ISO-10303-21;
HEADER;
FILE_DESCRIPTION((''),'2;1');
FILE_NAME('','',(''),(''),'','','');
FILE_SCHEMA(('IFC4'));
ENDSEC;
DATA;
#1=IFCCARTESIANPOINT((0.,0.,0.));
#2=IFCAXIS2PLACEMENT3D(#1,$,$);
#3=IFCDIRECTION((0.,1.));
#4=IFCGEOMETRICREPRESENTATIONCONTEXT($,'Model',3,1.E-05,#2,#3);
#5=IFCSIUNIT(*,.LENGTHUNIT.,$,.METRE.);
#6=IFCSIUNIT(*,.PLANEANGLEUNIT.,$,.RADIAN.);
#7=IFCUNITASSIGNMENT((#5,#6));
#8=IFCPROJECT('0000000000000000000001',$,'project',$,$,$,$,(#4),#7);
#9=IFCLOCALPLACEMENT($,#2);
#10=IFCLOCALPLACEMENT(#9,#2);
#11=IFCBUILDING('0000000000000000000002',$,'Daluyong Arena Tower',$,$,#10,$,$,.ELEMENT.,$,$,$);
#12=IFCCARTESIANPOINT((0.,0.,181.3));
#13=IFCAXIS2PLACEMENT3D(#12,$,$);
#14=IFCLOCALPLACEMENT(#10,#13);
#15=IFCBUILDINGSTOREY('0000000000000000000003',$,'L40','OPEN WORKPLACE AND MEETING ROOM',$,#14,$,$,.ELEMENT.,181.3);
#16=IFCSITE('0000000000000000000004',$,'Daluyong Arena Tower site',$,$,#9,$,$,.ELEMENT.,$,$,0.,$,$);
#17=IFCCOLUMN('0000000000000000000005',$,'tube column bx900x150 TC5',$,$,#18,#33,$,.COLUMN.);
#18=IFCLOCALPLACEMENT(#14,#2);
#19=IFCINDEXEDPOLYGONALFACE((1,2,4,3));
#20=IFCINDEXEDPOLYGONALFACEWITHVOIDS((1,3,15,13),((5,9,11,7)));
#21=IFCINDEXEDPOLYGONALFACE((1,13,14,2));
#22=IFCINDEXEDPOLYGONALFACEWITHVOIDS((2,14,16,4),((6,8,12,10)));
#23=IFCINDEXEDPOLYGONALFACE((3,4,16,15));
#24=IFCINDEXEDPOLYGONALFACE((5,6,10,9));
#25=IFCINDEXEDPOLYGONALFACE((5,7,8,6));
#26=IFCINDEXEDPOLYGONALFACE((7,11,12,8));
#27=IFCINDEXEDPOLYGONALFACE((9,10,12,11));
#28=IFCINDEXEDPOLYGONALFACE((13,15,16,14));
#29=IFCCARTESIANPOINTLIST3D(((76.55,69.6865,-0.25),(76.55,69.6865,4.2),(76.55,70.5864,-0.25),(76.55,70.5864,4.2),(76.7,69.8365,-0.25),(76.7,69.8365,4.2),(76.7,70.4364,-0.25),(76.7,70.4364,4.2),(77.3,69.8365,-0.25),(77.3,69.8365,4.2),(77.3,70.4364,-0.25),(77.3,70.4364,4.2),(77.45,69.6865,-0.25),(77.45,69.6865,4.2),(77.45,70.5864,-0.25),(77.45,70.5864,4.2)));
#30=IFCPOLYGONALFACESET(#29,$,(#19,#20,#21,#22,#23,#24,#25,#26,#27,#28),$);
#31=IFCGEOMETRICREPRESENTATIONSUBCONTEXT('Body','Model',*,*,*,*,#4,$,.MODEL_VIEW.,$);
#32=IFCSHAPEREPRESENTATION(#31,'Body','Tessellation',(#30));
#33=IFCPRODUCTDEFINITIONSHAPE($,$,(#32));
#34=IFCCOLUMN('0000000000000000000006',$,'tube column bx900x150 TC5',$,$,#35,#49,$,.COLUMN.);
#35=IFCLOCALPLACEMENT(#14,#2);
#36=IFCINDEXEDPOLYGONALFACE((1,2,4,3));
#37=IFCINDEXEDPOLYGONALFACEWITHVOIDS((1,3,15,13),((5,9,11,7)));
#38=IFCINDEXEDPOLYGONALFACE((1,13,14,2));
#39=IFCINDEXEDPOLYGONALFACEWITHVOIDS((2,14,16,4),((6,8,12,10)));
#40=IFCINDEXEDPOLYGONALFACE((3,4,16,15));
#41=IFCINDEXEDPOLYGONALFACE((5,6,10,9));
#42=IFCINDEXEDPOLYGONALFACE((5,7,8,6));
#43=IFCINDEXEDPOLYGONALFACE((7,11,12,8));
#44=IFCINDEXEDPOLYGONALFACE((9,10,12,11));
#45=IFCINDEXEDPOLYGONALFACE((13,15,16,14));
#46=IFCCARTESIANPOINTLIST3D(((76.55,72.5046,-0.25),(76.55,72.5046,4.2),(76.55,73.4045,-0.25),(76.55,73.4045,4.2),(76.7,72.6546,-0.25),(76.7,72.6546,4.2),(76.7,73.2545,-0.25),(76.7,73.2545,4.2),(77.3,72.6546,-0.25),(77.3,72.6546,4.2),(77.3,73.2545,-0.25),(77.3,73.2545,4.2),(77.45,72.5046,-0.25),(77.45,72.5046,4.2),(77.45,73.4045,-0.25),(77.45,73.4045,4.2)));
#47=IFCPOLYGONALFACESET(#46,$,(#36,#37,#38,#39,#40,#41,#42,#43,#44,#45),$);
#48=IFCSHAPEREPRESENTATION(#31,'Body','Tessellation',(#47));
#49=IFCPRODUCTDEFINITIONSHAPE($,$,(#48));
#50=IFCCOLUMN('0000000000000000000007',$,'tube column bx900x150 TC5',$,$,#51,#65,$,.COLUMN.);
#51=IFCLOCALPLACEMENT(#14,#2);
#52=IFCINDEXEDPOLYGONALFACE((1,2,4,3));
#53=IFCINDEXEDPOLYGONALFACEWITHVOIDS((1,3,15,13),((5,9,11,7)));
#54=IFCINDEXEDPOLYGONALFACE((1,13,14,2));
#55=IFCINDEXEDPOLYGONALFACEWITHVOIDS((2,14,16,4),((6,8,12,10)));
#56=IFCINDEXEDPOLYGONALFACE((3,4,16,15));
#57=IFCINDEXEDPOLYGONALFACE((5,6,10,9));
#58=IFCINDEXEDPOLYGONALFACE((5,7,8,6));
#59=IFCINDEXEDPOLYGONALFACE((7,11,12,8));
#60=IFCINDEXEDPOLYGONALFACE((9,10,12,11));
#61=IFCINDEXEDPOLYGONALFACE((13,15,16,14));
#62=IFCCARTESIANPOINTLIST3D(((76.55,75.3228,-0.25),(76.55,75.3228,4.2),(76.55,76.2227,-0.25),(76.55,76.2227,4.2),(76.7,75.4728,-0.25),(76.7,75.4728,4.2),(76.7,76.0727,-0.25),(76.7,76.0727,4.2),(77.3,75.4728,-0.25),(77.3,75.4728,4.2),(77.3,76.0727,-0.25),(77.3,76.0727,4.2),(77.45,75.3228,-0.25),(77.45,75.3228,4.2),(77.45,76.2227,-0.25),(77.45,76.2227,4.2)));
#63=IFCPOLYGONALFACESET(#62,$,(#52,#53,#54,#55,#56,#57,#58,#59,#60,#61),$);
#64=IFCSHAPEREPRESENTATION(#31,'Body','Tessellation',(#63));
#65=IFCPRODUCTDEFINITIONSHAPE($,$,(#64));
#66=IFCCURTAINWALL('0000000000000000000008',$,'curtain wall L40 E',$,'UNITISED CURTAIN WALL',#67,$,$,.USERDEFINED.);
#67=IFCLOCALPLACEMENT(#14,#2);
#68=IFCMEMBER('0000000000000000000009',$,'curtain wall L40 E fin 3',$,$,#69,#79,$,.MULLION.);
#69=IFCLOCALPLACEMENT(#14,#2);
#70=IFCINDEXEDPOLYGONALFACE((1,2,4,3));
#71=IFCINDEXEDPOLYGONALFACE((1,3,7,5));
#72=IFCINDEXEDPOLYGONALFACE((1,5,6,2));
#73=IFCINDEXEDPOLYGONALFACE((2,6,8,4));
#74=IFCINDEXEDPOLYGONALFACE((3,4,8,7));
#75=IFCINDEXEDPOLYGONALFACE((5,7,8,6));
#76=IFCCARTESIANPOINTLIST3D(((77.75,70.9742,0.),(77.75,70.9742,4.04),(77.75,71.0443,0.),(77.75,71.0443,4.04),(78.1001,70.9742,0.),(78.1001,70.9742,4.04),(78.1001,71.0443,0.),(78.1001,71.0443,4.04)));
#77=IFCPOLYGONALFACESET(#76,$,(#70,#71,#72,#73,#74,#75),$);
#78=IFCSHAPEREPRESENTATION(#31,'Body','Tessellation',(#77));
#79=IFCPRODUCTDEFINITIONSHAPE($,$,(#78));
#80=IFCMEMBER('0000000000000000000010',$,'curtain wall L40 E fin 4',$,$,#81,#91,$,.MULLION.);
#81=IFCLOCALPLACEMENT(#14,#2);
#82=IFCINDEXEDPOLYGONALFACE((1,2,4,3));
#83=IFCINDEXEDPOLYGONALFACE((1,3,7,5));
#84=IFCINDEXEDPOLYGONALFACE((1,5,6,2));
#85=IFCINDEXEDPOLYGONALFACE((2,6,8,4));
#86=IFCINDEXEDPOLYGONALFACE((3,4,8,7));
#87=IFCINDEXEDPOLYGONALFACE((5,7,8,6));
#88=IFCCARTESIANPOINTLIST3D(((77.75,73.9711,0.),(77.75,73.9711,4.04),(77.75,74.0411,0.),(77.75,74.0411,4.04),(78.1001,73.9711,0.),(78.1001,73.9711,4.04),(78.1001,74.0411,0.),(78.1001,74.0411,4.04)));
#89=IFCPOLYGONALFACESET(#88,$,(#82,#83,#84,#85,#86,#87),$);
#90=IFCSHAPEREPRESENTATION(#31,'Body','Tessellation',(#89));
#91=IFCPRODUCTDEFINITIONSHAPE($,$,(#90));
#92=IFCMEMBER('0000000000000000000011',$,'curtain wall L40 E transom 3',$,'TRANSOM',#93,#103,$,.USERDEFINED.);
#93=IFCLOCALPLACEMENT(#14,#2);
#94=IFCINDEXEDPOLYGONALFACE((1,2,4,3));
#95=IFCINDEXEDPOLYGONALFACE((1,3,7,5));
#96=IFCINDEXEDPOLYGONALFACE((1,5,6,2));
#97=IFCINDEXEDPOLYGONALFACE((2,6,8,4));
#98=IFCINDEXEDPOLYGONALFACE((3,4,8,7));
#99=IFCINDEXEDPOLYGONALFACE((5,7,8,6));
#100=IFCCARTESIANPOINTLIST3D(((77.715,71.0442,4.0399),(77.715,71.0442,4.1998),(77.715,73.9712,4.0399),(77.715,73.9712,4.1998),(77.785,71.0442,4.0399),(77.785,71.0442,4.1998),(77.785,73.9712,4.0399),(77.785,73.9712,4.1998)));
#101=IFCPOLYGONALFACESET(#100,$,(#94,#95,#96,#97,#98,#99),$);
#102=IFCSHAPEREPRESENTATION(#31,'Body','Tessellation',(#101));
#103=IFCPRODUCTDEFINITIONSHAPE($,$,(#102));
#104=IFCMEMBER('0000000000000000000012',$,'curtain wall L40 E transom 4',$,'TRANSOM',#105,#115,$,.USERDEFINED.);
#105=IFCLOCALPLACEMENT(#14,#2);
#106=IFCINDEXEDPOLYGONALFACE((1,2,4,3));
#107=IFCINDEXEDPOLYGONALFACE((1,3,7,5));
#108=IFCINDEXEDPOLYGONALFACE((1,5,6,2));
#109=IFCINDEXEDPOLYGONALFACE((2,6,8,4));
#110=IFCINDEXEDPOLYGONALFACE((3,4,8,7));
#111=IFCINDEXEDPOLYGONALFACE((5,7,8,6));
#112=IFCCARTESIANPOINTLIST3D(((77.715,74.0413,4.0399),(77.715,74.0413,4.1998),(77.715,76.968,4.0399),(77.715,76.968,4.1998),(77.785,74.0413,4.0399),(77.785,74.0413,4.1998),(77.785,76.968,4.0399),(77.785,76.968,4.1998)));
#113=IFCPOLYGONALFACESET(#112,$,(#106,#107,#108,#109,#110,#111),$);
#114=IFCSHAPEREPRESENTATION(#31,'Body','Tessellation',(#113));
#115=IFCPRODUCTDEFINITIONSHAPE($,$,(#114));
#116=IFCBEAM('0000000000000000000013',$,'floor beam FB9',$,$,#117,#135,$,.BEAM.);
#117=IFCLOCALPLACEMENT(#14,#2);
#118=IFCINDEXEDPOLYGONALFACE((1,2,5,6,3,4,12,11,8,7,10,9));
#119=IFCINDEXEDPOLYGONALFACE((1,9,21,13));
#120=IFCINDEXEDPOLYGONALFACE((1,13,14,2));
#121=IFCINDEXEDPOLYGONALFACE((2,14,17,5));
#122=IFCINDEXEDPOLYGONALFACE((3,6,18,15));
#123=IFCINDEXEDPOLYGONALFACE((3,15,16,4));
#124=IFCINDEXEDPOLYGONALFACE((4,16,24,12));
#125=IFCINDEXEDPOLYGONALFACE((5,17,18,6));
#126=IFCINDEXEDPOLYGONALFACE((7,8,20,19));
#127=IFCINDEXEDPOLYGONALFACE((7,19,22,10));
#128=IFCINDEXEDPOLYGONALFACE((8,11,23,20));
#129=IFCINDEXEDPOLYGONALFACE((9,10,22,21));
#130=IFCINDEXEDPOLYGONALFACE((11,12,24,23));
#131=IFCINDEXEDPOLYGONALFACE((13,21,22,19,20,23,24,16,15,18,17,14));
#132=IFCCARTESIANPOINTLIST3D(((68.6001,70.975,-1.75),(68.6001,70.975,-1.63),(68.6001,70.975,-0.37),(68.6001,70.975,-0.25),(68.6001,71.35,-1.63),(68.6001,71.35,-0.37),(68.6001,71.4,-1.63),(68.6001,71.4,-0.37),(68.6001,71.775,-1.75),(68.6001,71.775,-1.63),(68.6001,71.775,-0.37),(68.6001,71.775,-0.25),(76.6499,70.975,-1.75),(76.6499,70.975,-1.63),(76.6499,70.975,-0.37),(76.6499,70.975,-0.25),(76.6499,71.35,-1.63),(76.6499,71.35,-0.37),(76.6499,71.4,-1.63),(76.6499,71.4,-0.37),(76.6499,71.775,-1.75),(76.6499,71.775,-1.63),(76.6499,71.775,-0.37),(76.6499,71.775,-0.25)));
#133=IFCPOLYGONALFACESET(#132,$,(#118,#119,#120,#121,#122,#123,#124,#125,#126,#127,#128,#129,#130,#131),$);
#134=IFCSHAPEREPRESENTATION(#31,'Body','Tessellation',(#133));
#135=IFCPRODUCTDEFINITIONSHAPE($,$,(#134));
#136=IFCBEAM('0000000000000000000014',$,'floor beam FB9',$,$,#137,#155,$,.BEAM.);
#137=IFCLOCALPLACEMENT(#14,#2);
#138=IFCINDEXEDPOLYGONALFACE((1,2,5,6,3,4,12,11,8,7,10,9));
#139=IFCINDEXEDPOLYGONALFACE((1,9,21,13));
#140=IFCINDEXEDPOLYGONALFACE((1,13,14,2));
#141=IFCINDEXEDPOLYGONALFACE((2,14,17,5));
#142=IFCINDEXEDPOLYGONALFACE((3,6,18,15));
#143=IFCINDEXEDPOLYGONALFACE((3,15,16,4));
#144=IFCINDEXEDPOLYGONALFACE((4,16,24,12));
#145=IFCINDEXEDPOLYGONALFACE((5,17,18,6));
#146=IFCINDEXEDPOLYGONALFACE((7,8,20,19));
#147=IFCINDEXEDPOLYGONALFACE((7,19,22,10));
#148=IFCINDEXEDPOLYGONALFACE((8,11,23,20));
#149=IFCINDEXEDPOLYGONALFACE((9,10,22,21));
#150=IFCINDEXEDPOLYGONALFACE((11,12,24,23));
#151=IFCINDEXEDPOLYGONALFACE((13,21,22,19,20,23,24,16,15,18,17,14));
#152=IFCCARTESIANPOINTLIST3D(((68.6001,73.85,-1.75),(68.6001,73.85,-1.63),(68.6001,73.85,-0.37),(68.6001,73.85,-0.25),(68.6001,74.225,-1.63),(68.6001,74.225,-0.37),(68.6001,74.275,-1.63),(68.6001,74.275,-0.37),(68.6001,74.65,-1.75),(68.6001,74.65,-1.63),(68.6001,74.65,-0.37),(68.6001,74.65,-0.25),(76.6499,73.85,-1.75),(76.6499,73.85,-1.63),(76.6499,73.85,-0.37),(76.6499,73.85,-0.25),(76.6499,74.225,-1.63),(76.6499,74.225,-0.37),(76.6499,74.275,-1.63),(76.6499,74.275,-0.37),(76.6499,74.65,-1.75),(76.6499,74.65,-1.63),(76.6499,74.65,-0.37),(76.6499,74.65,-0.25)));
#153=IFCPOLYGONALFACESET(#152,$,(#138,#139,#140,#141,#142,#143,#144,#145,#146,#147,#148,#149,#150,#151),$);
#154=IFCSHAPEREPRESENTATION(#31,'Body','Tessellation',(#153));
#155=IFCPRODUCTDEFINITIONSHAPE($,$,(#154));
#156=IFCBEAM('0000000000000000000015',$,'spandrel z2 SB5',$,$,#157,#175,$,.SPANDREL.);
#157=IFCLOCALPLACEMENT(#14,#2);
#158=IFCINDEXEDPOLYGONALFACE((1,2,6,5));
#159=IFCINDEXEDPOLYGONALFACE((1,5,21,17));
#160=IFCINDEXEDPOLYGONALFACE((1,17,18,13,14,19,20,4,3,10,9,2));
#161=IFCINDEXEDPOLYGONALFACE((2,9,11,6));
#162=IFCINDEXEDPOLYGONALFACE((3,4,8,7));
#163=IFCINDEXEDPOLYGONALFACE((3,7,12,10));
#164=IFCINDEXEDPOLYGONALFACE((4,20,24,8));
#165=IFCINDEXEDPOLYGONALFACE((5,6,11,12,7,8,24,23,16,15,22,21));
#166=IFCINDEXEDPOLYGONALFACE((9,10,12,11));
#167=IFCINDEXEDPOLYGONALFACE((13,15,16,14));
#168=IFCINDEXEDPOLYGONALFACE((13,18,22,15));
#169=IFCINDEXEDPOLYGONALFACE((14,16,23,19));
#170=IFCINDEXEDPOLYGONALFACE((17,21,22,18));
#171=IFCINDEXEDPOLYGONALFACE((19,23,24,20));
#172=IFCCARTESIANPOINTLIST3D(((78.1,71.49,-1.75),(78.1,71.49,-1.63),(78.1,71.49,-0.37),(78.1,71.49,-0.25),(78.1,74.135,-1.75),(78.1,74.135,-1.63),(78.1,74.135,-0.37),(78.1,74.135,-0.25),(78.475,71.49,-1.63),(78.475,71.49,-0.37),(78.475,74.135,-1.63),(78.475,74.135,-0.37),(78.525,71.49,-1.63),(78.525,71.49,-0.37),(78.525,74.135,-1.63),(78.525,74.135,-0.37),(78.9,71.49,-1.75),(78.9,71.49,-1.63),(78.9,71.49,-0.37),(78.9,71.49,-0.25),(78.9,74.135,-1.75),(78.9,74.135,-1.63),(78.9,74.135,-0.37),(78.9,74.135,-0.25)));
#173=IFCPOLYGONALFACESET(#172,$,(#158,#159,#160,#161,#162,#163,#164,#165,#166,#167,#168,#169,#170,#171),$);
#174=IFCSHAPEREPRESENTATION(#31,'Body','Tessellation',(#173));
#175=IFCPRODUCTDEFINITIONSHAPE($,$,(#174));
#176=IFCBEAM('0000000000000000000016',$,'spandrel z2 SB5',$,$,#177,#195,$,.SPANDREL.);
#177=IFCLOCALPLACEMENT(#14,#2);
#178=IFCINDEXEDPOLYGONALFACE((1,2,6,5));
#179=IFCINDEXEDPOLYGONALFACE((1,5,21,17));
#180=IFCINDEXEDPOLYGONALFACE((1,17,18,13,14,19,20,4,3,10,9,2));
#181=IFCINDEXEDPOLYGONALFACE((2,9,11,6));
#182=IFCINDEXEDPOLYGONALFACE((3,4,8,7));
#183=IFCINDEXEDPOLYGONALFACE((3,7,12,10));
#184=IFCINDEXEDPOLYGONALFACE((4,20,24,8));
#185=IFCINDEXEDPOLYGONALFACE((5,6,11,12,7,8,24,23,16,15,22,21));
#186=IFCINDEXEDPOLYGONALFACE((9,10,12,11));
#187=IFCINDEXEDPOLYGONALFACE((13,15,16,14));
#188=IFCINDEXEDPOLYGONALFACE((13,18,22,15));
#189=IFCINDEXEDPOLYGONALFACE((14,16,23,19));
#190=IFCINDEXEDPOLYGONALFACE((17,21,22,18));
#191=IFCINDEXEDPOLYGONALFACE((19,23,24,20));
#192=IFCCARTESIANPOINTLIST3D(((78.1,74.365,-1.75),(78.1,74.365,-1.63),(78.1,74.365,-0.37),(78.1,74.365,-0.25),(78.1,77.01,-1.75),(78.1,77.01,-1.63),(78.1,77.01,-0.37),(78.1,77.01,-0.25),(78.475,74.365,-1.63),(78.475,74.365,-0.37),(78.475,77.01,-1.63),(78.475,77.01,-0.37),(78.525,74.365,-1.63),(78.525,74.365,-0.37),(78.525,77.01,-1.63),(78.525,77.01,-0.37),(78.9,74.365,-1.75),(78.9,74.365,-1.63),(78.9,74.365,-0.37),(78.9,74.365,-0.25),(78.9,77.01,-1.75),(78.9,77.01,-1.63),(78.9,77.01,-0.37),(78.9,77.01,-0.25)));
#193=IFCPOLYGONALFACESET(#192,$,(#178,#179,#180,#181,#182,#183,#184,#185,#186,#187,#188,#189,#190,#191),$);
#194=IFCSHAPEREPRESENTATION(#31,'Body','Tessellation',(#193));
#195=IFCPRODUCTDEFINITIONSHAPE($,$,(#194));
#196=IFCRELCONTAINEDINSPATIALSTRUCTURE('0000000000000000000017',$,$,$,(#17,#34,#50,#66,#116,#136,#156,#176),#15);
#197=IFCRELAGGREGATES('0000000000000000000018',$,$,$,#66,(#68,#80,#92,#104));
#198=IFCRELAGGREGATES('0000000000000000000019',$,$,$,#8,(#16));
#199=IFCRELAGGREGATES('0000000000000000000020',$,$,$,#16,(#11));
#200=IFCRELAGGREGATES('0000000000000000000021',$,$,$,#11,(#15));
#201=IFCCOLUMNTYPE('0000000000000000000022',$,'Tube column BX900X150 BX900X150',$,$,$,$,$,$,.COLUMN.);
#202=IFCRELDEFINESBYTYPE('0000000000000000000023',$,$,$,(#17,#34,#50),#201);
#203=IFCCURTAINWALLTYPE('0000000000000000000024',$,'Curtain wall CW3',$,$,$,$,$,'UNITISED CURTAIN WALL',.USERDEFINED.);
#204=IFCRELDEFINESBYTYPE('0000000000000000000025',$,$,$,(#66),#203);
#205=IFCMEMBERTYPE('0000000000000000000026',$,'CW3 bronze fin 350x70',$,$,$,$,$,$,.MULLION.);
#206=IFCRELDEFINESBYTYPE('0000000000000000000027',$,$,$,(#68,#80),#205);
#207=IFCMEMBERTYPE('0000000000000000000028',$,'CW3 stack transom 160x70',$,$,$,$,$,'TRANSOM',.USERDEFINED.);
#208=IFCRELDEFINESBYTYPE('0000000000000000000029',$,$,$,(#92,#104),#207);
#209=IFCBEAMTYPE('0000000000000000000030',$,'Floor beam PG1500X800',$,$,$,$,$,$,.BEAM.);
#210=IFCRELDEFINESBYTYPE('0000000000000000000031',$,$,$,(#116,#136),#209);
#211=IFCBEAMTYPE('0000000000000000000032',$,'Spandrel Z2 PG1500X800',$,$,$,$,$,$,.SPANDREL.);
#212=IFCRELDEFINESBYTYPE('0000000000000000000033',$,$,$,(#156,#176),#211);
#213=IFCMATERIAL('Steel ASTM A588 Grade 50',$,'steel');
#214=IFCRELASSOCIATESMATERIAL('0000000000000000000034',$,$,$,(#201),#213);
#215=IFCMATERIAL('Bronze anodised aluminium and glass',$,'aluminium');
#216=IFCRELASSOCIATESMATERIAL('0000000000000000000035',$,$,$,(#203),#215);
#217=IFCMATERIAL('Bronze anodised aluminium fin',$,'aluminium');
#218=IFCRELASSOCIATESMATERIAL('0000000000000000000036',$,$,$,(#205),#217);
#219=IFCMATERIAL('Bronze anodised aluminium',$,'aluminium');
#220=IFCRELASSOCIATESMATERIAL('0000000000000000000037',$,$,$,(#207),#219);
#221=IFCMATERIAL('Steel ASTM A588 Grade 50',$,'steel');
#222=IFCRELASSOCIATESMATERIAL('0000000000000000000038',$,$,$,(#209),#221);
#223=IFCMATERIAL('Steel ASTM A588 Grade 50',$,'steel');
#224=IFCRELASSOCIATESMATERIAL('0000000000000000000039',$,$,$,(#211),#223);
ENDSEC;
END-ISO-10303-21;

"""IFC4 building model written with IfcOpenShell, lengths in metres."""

from ifc_helpers import new_model, si_unit, direction, frame, origin, origin_2d, place, context, subcontext, project, spatial, rectangle, hollow_rectangle, i_section, extrude, material, material_profile, profile_set, type_object, element, aggregate, save


model = new_model("IFC4")

# Units and contexts
model_context = context("Model", 3, precision=1e-05, world=origin(), true_north=direction((0.0, 1.0)))
body_context = subcontext(model_context, "Body", "Model", "MODEL_VIEW")
ifc_project = project(units=[si_unit("LENGTHUNIT", "METRE"), si_unit("PLANEANGLEUNIT", "RADIAN")], contexts=[model_context])

# Site, building, storey
site_placement = place(None, origin())
site = spatial("IfcSite", under=ifc_project, at=site_placement, Name="Daluyong Arena Tower site", CompositionType="ELEMENT", RefElevation=0.0)
building_placement = place(site_placement, origin())
building = spatial("IfcBuilding", under=site, at=building_placement, Name="Daluyong Arena Tower", CompositionType="ELEMENT")
storey_placement = place(building_placement, frame((0.0, 0.0, 181.3)))
storey = spatial("IfcBuildingStorey", under=building, at=storey_placement, Name="L40", Description="OPEN WORKPLACE AND MEETING ROOM", CompositionType="ELEMENT", Elevation=181.3)

# Columns
ifc_material_1 = material(Name="Steel ASTM A588 Grade 50", Category="steel")
ifc_material_profile_1 = material_profile(ifc_material_1, hollow_rectangle(XDim=0.8999, YDim=0.8999, WallThickness=0.15, at=origin_2d()))
ifc_profile_set_1 = profile_set([ifc_material_profile_1], Name="Steel ASTM A588 Grade 50")
column_type = type_object("IfcColumnType", Name="Tube column BX900X150 BX900X150", PredefinedType="COLUMN", material=ifc_profile_set_1)
for number, where, z_axis, x_axis, name in (
    (1, (77.0, 70.1365, -0.25), (0.0, 0.0, 1.0), (0.0, 1.0, 0.0), "tube column bx900x150 TC5"),
    (2, (77.0, 72.9546, -0.25), (0.0, 0.0, 1.0), (0.0, 1.0, 0.0), "tube column bx900x150 TC5"),
    (3, (77.0, 75.7727, -0.25), (0.0, 0.0, 1.0), (0.0, 1.0, 0.0), "tube column bx900x150 TC5"),
):
    element("IfcColumn", number, at=place(storey_placement, frame(where, z_axis=z_axis, x_axis=x_axis)), inside=storey, type_object=column_type, Name=name, PredefinedType="COLUMN", context=body_context, shape_type="SweptSolid", body=[
        extrude(hollow_rectangle(XDim=0.8999, YDim=0.8999, WallThickness=0.15, at=origin_2d()), origin(), (0.0, 0.0, 1.0), 4.45),
    ])

# Curtain wall, members
ifc_material_2 = material(Name="Bronze anodised aluminium and glass", Category="aluminium")
curtain_wall_type = type_object("IfcCurtainWallType", Name="Curtain wall CW3", ElementType="UNITISED CURTAIN WALL", PredefinedType="USERDEFINED", material=ifc_material_2)
curtain_wall_placement = place(storey_placement, origin())
curtain_wall = element("IfcCurtainWall", 4, at=curtain_wall_placement, inside=storey, type_object=curtain_wall_type, Name="curtain wall L40 E", ObjectType="UNITISED CURTAIN WALL", PredefinedType="USERDEFINED")
ifc_material_3 = material(Name="Bronze anodised aluminium fin", Category="aluminium")
ifc_material_profile_2 = material_profile(ifc_material_3, rectangle(XDim=0.3501, YDim=0.0701, at=origin_2d()))
ifc_profile_set_2 = profile_set([ifc_material_profile_2], Name="Bronze anodised aluminium fin")
member_type_1 = type_object("IfcMemberType", Name="CW3 bronze fin 350x70", PredefinedType="MULLION", material=ifc_profile_set_2)
member_1_placement = place(storey_placement, frame((77.925, 71.0093, 0.0), z_axis=(0.0, 0.0, 1.0), x_axis=(-1.0, 0.0, 0.0)))
member_1 = element("IfcMember", 5, at=member_1_placement, type_object=member_type_1, Name="curtain wall L40 E fin 3", PredefinedType="MULLION", context=body_context, shape_type="SweptSolid", body=[
    extrude(rectangle(XDim=0.3501, YDim=0.0701, at=origin_2d()), origin(), (0.0, 0.0, 1.0), 4.04),
])
member_2_placement = place(storey_placement, frame((77.925, 74.0061, 0.0), z_axis=(0.0, 0.0, 1.0), x_axis=(-1.0, 0.0, 0.0)))
member_2 = element("IfcMember", 6, at=member_2_placement, type_object=member_type_1, Name="curtain wall L40 E fin 4", PredefinedType="MULLION", context=body_context, shape_type="SweptSolid", body=[
    extrude(rectangle(XDim=0.3501, YDim=0.0701, at=origin_2d()), origin(), (0.0, 0.0, 1.0), 4.04),
])
ifc_material_4 = material(Name="Bronze anodised aluminium", Category="aluminium")
ifc_material_profile_3 = material_profile(ifc_material_4, rectangle(XDim=0.0701, YDim=0.1599, at=origin_2d()))
ifc_profile_set_3 = profile_set([ifc_material_profile_3], Name="Bronze anodised aluminium")
member_type_2 = type_object("IfcMemberType", Name="CW3 stack transom 160x70", ElementType="TRANSOM", PredefinedType="USERDEFINED", material=ifc_profile_set_3)
member_3_placement = place(storey_placement, frame((77.75, 71.0442, 4.1199), z_axis=(0.0, 1.0, 0.0), x_axis=(-1.0, 0.0, 0.0)))
member_3 = element("IfcMember", 7, at=member_3_placement, type_object=member_type_2, Name="curtain wall L40 E transom 3", ObjectType="TRANSOM", PredefinedType="USERDEFINED", context=body_context, shape_type="SweptSolid", body=[
    extrude(rectangle(XDim=0.0701, YDim=0.1599, at=origin_2d()), origin(), (0.0, 0.0, 1.0), 2.927),
])
member_4_placement = place(storey_placement, frame((77.75, 74.0413, 4.1199), z_axis=(0.0, 1.0, 0.0), x_axis=(-1.0, 0.0, 0.0)))
member_4 = element("IfcMember", 8, at=member_4_placement, type_object=member_type_2, Name="curtain wall L40 E transom 4", ObjectType="TRANSOM", PredefinedType="USERDEFINED", context=body_context, shape_type="SweptSolid", body=[
    extrude(rectangle(XDim=0.0701, YDim=0.1599, at=origin_2d()), origin(), (0.0, 0.0, 1.0), 2.9268),
])

# Beams
ifc_material_5 = material(Name="Steel ASTM A588 Grade 50", Category="steel")
ifc_material_profile_4 = material_profile(ifc_material_5, i_section(OverallWidth=0.8, OverallDepth=1.5, WebThickness=0.05, FlangeThickness=0.12, at=origin_2d()))
ifc_profile_set_4 = profile_set([ifc_material_profile_4], Name="Steel ASTM A588 Grade 50")
beam_type_1 = type_object("IfcBeamType", Name="Floor beam PG1500X800", PredefinedType="BEAM", material=ifc_profile_set_4)
for number, where, z_axis, x_axis, name in (
    (9, (76.6499, 71.375, -1.0), (-1.0, 0.0, 0.0), (0.0, -1.0, 0.0), "floor beam FB9"),
    (10, (76.6499, 74.25, -1.0), (-1.0, 0.0, 0.0), (0.0, -1.0, 0.0), "floor beam FB9"),
):
    element("IfcBeam", number, at=place(storey_placement, frame(where, z_axis=z_axis, x_axis=x_axis)), inside=storey, type_object=beam_type_1, Name=name, PredefinedType="BEAM", context=body_context, shape_type="SweptSolid", body=[
        extrude(i_section(OverallWidth=0.8, OverallDepth=1.5, WebThickness=0.05, FlangeThickness=0.12, at=origin_2d()), origin(), (0.0, 0.0, 1.0), 8.0498),
    ])
ifc_material_6 = material(Name="Steel ASTM A588 Grade 50", Category="steel")
ifc_material_profile_5 = material_profile(ifc_material_6, i_section(OverallWidth=0.8, OverallDepth=1.5, WebThickness=0.05, FlangeThickness=0.12, at=origin_2d()))
ifc_profile_set_5 = profile_set([ifc_material_profile_5], Name="Steel ASTM A588 Grade 50")
beam_type_2 = type_object("IfcBeamType", Name="Spandrel Z2 PG1500X800", PredefinedType="SPANDREL", material=ifc_profile_set_5)
for number, where, z_axis, x_axis, name in (
    (11, (78.5, 71.49, -1.0), (0.0, 1.0, 0.0), (-1.0, 0.0, 0.0), "spandrel z2 SB5"),
    (12, (78.5, 74.365, -1.0), (0.0, 1.0, 0.0), (-1.0, 0.0, 0.0), "spandrel z2 SB5"),
):
    element("IfcBeam", number, at=place(storey_placement, frame(where, z_axis=z_axis, x_axis=x_axis)), inside=storey, type_object=beam_type_2, Name=name, PredefinedType="SPANDREL", context=body_context, shape_type="SweptSolid", body=[
        extrude(i_section(OverallWidth=0.8, OverallDepth=1.5, WebThickness=0.05, FlangeThickness=0.12, at=origin_2d()), origin(), (0.0, 0.0, 1.0), 2.645),
    ])

aggregate(curtain_wall, [member_1, member_2, member_3, member_4])

save(model, "model.ifc")
